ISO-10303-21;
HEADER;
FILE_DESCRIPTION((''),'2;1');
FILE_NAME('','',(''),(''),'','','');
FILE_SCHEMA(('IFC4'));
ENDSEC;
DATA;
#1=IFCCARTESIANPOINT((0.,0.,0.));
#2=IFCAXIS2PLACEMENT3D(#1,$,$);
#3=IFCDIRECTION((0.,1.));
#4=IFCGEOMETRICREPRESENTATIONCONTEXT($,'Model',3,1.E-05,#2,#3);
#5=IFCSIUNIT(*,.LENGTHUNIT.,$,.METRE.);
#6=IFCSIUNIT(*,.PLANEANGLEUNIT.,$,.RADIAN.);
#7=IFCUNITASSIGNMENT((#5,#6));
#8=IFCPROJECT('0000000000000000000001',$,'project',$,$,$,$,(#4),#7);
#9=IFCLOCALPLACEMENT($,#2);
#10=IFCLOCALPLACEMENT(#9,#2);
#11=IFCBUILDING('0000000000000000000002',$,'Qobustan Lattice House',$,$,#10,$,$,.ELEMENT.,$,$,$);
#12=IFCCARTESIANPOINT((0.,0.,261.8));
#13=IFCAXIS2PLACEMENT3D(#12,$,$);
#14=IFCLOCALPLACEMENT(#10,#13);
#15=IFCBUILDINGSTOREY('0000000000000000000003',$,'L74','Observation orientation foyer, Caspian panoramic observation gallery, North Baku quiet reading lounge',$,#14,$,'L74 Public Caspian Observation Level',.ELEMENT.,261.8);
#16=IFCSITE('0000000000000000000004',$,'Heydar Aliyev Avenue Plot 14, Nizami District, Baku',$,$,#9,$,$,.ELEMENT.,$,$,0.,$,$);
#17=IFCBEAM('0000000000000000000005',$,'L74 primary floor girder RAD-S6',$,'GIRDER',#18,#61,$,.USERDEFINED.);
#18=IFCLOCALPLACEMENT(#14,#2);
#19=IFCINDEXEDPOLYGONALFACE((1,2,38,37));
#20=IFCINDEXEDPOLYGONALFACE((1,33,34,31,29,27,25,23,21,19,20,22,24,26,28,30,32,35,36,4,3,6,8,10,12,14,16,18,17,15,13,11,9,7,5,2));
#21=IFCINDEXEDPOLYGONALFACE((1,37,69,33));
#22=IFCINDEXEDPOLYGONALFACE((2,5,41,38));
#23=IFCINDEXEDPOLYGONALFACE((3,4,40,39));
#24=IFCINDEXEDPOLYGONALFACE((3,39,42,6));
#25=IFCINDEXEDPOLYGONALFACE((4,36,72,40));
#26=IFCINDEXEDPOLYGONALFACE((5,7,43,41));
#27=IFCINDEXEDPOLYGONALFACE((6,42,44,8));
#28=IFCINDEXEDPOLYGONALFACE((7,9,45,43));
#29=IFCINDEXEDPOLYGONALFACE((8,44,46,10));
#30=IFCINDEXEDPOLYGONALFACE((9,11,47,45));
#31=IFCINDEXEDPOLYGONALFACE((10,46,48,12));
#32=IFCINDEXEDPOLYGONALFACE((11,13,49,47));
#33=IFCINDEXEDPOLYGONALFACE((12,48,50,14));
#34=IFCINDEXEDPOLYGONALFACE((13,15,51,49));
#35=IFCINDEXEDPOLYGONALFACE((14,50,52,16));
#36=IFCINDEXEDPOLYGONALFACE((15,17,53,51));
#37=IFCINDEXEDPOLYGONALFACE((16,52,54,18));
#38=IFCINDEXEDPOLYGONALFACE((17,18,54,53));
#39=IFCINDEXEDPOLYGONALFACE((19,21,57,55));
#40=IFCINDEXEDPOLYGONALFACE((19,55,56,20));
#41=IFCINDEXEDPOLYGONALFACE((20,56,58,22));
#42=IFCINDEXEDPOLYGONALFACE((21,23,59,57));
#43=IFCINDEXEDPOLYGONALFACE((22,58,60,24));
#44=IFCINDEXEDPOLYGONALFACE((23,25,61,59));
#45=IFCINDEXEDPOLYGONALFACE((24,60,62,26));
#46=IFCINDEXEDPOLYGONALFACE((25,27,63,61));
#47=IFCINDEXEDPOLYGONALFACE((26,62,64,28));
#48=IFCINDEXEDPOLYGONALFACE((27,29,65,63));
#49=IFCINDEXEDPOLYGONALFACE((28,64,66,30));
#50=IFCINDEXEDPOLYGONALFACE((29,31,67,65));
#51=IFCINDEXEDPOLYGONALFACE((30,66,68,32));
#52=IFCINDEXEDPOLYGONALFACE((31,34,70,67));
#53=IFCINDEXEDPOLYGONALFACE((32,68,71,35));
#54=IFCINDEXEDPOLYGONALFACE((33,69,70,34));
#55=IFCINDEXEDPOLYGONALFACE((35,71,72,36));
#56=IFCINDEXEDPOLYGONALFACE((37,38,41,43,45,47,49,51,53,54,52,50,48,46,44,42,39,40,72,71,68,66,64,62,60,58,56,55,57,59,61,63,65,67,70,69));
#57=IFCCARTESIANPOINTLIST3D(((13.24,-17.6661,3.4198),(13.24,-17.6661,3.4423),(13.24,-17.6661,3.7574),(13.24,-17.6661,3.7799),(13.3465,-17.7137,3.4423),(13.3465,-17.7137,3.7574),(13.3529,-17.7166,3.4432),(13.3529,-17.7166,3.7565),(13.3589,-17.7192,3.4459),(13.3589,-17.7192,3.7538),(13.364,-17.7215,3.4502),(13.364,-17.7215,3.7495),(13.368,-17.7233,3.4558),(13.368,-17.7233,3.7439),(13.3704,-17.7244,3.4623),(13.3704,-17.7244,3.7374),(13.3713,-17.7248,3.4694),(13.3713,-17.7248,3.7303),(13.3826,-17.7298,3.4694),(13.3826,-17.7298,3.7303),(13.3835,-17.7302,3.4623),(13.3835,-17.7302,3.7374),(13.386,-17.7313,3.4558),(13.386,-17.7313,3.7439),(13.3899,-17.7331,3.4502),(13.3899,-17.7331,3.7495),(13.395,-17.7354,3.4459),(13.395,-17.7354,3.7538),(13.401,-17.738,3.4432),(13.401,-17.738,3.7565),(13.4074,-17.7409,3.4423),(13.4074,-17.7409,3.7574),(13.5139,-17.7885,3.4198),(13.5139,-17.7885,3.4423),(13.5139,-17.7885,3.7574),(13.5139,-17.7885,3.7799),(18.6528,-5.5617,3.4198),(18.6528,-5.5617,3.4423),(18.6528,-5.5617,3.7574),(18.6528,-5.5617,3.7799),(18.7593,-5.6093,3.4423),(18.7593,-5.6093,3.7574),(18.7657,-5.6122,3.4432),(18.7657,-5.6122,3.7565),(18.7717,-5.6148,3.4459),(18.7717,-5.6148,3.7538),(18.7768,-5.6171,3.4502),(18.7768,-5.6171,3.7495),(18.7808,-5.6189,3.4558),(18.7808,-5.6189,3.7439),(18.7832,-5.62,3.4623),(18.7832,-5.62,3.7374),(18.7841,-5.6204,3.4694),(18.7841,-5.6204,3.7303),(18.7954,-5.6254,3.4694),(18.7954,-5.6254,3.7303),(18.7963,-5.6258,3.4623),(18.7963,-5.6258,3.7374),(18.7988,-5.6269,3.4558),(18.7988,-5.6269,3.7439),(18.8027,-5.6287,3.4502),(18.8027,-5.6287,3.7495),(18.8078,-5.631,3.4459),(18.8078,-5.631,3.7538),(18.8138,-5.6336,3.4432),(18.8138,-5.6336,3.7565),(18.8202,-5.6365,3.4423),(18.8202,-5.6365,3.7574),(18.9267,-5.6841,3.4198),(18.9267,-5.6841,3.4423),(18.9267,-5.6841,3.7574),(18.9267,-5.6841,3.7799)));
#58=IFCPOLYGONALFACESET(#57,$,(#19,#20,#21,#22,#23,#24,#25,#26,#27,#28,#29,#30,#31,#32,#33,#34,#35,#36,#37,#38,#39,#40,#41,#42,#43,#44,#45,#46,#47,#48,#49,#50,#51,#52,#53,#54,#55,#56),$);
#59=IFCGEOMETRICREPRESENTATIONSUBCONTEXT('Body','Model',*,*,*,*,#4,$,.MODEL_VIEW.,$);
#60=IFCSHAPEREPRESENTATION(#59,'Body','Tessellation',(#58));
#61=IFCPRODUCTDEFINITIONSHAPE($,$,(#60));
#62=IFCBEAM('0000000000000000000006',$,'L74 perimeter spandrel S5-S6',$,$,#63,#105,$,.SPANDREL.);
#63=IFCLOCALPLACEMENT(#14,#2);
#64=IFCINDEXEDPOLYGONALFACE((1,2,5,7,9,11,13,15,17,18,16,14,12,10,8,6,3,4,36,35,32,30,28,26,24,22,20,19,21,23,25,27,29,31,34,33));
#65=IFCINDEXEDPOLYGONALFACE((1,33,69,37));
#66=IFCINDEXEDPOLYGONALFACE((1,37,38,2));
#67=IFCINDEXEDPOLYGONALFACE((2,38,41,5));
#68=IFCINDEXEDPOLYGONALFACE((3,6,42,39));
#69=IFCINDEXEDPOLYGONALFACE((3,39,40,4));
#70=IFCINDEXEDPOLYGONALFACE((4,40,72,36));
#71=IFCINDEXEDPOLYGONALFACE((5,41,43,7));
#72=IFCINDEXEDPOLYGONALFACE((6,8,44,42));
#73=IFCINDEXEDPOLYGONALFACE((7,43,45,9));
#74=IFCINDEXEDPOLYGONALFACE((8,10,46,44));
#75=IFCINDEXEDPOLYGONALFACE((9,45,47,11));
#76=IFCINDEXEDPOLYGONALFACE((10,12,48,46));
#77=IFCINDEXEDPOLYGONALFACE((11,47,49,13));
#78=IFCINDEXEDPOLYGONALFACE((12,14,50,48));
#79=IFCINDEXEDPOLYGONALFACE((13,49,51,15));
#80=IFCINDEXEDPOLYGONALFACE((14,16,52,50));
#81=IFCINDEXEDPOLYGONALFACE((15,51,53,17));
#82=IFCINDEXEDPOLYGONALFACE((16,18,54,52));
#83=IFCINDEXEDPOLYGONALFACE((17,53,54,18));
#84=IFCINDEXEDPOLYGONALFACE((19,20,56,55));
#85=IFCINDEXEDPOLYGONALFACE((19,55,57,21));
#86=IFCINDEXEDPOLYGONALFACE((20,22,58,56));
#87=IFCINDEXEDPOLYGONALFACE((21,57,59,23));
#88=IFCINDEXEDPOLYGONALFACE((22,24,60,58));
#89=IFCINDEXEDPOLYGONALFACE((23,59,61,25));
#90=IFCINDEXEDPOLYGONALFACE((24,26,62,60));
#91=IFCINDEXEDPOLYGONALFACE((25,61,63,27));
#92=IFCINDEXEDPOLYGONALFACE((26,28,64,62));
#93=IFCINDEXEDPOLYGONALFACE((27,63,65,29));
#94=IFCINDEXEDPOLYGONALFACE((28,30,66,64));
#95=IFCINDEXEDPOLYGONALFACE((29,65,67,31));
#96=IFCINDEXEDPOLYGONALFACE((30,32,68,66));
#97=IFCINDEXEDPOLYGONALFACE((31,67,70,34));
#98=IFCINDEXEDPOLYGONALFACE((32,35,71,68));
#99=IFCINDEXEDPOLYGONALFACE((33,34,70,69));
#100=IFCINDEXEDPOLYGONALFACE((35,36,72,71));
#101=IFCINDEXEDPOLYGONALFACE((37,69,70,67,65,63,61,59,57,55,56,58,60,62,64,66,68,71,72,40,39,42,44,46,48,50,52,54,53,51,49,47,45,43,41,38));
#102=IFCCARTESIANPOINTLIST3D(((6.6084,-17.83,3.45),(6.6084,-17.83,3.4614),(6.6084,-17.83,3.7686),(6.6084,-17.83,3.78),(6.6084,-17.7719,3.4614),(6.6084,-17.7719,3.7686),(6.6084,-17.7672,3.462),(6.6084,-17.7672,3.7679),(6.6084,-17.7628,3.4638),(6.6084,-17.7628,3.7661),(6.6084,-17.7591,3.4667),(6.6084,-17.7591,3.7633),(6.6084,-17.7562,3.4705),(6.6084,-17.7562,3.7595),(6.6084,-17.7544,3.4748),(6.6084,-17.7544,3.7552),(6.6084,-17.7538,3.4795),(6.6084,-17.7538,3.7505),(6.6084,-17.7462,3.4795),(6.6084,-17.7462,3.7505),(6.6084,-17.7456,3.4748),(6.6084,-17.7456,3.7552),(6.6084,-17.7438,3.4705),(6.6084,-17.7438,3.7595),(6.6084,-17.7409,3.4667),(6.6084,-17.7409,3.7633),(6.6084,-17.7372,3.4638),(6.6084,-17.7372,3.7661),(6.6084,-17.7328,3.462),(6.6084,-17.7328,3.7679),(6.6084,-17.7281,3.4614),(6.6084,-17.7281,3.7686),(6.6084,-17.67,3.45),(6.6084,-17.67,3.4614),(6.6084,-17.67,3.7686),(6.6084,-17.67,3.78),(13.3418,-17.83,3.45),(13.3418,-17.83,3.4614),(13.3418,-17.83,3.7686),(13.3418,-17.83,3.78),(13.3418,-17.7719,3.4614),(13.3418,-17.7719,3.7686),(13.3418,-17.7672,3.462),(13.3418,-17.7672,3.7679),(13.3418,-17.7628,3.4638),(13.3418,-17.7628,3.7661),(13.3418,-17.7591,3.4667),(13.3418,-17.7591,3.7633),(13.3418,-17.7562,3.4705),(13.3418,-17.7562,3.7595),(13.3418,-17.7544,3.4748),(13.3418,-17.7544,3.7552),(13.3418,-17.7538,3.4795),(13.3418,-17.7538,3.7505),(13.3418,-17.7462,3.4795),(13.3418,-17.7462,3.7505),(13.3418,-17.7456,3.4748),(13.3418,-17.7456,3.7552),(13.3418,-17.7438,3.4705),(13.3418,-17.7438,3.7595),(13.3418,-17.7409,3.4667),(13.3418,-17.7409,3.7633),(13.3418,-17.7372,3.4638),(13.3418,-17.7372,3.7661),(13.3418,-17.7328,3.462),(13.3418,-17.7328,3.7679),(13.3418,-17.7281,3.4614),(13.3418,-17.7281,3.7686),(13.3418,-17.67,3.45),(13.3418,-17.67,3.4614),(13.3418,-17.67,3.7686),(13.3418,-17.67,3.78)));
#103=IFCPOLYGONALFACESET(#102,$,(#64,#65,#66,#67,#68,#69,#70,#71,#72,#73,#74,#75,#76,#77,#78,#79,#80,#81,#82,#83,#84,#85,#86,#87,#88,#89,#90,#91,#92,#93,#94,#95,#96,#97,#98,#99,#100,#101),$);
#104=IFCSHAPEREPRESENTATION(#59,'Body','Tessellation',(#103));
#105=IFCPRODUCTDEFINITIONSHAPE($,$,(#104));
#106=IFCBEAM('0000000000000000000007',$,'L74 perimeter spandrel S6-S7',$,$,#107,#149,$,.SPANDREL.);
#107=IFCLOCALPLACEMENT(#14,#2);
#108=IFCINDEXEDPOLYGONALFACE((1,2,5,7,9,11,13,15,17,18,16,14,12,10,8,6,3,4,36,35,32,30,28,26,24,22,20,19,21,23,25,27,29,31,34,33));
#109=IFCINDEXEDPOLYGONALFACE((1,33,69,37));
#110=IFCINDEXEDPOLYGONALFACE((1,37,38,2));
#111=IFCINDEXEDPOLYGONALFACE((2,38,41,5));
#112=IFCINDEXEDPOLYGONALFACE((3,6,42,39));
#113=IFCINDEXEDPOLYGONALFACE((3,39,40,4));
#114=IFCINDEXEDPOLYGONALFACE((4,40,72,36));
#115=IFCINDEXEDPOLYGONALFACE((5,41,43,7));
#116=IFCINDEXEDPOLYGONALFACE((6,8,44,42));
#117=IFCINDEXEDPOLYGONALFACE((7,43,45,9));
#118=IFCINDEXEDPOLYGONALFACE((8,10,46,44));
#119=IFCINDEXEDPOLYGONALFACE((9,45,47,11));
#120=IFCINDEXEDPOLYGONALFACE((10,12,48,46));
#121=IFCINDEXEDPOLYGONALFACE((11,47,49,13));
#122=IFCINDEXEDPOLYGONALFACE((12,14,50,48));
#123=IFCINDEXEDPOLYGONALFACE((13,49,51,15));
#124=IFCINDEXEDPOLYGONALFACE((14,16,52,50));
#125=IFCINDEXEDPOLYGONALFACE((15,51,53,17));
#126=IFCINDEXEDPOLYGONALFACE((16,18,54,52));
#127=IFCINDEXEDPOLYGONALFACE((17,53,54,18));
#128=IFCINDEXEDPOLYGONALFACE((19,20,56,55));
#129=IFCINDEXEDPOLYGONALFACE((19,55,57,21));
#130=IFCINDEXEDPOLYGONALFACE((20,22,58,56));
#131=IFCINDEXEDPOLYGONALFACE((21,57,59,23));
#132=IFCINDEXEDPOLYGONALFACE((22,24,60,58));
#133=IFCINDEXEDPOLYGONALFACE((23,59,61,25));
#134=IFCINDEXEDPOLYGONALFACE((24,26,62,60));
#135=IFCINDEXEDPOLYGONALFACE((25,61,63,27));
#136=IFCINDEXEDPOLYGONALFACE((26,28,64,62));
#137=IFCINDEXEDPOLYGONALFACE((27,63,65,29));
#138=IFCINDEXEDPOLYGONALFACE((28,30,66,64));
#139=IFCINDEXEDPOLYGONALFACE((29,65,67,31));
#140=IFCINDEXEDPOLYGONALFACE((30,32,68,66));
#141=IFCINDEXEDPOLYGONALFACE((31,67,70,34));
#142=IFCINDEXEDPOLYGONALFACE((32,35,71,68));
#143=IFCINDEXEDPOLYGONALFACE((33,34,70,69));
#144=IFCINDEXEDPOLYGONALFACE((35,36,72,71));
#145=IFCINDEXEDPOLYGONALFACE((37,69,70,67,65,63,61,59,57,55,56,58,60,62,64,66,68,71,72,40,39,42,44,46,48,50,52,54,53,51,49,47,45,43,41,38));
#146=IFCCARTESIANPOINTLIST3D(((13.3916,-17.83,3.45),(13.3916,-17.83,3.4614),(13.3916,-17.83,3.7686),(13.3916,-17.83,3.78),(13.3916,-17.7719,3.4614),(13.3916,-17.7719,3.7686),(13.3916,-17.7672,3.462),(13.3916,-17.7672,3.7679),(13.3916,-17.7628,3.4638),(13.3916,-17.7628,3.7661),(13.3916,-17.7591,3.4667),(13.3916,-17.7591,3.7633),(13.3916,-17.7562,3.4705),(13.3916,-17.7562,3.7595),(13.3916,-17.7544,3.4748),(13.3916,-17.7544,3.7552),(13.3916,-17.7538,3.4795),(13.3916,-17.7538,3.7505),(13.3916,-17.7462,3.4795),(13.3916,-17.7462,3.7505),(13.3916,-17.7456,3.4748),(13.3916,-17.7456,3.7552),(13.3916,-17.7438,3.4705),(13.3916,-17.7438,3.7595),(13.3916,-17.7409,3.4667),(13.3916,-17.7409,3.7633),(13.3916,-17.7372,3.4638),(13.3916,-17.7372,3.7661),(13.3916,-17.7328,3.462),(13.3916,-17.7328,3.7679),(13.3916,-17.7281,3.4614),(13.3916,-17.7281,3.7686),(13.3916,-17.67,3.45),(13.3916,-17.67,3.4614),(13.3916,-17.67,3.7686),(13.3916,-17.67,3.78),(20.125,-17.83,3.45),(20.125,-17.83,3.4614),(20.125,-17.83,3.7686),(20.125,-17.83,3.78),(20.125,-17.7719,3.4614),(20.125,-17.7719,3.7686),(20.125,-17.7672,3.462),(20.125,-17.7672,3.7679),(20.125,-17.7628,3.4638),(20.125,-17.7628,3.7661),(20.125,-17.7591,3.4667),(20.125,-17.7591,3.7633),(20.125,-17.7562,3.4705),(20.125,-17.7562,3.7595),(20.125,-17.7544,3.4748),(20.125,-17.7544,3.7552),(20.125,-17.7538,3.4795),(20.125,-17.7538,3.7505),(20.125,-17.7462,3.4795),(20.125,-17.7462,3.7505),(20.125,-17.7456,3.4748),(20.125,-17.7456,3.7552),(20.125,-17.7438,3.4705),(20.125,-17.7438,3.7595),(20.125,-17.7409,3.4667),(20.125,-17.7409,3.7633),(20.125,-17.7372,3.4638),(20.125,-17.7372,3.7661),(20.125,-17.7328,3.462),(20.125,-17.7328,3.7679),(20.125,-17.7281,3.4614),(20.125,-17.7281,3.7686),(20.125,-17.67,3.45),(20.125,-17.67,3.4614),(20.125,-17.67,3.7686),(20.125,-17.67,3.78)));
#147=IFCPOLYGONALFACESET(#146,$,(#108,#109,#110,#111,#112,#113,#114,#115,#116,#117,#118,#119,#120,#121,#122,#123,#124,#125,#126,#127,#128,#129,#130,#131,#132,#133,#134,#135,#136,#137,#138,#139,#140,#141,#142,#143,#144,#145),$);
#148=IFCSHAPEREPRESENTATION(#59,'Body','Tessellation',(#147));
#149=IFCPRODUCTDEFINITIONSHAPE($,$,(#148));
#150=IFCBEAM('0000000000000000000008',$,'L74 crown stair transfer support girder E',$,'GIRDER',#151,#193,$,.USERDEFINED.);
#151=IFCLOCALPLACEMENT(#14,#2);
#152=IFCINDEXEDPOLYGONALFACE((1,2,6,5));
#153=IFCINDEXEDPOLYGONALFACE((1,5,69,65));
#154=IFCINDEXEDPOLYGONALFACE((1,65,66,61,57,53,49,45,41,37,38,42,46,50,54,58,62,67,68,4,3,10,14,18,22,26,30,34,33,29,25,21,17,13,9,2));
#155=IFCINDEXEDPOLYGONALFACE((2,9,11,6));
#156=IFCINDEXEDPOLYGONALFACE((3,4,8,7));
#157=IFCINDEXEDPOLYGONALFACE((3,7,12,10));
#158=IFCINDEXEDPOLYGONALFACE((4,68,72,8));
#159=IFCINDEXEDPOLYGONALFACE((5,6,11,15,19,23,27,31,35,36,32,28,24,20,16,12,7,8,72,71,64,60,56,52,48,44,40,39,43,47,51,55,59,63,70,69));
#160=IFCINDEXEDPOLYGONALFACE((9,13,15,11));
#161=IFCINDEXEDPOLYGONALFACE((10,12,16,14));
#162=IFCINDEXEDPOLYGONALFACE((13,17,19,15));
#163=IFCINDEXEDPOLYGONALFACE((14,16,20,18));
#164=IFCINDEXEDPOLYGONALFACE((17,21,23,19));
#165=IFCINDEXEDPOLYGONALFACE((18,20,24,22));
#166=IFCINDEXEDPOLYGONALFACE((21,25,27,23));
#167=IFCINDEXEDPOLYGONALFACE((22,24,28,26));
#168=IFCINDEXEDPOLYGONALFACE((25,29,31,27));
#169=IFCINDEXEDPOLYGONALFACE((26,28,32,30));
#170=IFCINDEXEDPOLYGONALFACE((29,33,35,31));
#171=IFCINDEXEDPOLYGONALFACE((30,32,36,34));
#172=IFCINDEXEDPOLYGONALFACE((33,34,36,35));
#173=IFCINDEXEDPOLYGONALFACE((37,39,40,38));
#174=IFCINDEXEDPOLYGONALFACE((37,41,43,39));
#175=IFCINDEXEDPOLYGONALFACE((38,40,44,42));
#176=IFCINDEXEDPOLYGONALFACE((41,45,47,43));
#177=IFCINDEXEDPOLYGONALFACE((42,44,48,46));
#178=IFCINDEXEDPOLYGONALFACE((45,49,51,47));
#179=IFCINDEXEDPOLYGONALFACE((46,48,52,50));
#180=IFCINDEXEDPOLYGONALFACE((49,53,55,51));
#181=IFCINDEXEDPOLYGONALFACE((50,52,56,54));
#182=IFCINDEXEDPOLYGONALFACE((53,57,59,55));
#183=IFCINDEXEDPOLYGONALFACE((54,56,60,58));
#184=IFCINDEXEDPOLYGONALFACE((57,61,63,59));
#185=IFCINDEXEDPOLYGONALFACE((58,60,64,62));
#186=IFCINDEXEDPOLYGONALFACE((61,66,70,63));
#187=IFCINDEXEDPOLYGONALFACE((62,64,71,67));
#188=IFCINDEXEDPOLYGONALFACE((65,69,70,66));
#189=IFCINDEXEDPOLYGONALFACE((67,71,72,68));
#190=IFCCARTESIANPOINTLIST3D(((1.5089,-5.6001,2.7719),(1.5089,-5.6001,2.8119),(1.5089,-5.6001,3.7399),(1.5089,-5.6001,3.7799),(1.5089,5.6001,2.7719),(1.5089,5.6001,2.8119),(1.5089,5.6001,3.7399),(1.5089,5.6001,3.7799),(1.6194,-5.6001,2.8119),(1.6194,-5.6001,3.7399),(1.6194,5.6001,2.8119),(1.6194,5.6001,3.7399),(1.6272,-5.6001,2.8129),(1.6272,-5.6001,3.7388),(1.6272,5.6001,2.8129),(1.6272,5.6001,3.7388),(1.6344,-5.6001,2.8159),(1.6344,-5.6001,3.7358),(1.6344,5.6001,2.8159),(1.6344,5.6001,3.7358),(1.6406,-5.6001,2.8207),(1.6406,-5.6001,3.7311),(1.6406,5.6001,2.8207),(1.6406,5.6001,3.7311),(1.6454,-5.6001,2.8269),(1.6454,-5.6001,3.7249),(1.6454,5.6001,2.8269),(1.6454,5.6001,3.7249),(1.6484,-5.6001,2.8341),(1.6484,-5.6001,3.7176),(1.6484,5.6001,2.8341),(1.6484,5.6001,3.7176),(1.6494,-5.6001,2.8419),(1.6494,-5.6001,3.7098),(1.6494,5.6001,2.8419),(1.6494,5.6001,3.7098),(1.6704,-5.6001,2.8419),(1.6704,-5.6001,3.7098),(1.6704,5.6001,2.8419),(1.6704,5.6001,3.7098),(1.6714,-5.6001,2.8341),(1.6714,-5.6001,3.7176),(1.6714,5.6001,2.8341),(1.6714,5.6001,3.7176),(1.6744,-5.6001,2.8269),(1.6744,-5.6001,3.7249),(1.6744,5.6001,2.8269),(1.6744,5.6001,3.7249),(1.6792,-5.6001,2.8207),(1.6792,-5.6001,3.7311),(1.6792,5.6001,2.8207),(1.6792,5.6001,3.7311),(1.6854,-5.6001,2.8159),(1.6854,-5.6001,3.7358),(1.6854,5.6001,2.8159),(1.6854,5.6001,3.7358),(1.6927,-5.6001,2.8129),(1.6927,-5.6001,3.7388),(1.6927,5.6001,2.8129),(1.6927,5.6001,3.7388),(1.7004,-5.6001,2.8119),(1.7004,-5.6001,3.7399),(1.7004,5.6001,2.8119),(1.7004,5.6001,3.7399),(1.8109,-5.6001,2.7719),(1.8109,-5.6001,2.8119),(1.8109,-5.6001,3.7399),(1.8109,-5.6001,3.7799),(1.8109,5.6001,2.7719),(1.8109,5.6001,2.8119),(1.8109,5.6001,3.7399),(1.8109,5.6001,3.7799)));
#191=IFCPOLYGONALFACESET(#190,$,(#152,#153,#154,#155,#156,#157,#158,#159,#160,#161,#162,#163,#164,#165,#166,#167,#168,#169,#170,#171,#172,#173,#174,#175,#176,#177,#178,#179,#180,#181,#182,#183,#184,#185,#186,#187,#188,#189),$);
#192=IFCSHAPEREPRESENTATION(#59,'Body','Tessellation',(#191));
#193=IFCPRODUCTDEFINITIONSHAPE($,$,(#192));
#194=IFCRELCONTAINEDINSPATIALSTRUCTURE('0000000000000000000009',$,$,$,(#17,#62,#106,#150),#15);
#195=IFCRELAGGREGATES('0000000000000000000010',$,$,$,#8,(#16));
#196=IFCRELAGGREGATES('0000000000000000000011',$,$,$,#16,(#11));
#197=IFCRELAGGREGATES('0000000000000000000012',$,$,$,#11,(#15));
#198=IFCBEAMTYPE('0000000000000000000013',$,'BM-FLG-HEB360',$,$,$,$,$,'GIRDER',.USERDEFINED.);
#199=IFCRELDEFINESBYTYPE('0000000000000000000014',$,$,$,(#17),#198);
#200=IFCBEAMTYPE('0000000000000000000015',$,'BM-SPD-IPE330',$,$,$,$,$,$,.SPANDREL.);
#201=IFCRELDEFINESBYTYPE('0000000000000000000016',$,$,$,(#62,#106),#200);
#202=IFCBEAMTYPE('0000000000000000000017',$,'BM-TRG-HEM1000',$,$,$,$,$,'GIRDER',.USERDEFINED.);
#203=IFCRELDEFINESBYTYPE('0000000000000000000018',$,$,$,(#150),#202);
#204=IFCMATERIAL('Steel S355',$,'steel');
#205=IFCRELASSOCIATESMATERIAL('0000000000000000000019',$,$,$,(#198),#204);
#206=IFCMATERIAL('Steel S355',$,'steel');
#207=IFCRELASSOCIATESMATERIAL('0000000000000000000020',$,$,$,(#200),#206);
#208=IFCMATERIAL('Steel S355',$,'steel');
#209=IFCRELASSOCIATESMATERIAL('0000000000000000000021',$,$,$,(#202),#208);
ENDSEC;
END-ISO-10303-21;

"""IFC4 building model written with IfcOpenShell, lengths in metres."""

from ifc_helpers import new_model, si_unit, direction, frame, origin, origin_2d, place, context, subcontext, project, spatial, i_section, extrude, material, material_profile, profile_set, type_object, element, save


model = new_model("IFC4")

# Units and contexts
model_context = context("Model", 3, precision=1e-05, world=origin(), true_north=direction((0.0, 1.0)))
body_context = subcontext(model_context, "Body", "Model", "MODEL_VIEW")
ifc_project = project(units=[si_unit("LENGTHUNIT", "METRE"), si_unit("PLANEANGLEUNIT", "RADIAN")], contexts=[model_context])

# Site, building, storey
site_placement = place(None, origin())
site = spatial("IfcSite", under=ifc_project, at=site_placement, Name="Heydar Aliyev Avenue Plot 14, Nizami District, Baku", CompositionType="ELEMENT", RefElevation=0.0)
building_placement = place(site_placement, origin())
building = spatial("IfcBuilding", under=site, at=building_placement, Name="Qobustan Lattice House", CompositionType="ELEMENT")
storey_placement = place(building_placement, frame((0.0, 0.0, 261.8)))
storey = spatial("IfcBuildingStorey", under=building, at=storey_placement, Name="L74", Description="Observation orientation foyer, Caspian panoramic observation gallery, North Baku quiet reading lounge", LongName="L74 Public Caspian Observation Level", CompositionType="ELEMENT", Elevation=261.8)

# Beams
ifc_material_1 = material(Name="Steel S355", Category="steel")
ifc_material_profile_1 = material_profile(ifc_material_1, i_section(OverallWidth=0.3, OverallDepth=0.3601, WebThickness=0.0125, FlangeThickness=0.0225, FilletRadius=0.0271, at=origin_2d()), Name="HEB360")
ifc_profile_set_1 = profile_set([ifc_material_profile_1], Name="Steel S355")
beam_type_1 = type_object("IfcBeamType", Name="BM-FLG-HEB360", ElementType="GIRDER", PredefinedType="USERDEFINED", material=ifc_profile_set_1)
beam_1_placement = place(storey_placement, frame((13.377, -17.7273, 3.5999), z_axis=(0.40822, 0.912884, 0.0), x_axis=(-0.912884, 0.40822, 0.0)))
element("IfcBeam", 1, at=beam_1_placement, inside=storey, type_object=beam_type_1, Name="L74 primary floor girder RAD-S6", ObjectType="GIRDER", PredefinedType="USERDEFINED", context=body_context, shape_type="SweptSolid", body=[
    extrude(i_section(OverallWidth=0.3, OverallDepth=0.3601, WebThickness=0.0125, FlangeThickness=0.0225, FilletRadius=0.0271, at=origin_2d()), origin(), (0.0, 0.0, 1.0), 13.2595),
])
ifc_material_2 = material(Name="Steel S355", Category="steel")
ifc_material_profile_2 = material_profile(ifc_material_2, i_section(OverallWidth=0.1599, OverallDepth=0.3301, WebThickness=0.0076, FlangeThickness=0.0115, FilletRadius=0.0181, at=origin_2d()), Name="IPE330")
ifc_profile_set_2 = profile_set([ifc_material_profile_2], Name="Steel S355")
beam_type_2 = type_object("IfcBeamType", Name="BM-SPD-IPE330", PredefinedType="SPANDREL", material=ifc_profile_set_2)
for number, where, z_axis, x_axis, name in (
    (2, (6.6084, -17.75, 3.615), (1.0, 0.0, 0.0), (0.0, 1.0, 0.0), "L74 perimeter spandrel S5-S6"),
    (3, (13.3916, -17.75, 3.615), (1.0, 0.0, 0.0), (0.0, 1.0, 0.0), "L74 perimeter spandrel S6-S7"),
):
    element("IfcBeam", number, at=place(storey_placement, frame(where, z_axis=z_axis, x_axis=x_axis)), inside=storey, type_object=beam_type_2, Name=name, PredefinedType="SPANDREL", context=body_context, shape_type="SweptSolid", body=[
        extrude(i_section(OverallWidth=0.1599, OverallDepth=0.3301, WebThickness=0.0076, FlangeThickness=0.0115, FilletRadius=0.0181, at=origin_2d()), origin(), (0.0, 0.0, 1.0), 6.7334),
    ])
ifc_material_3 = material(Name="Steel S355", Category="steel")
ifc_material_profile_3 = material_profile(ifc_material_3, i_section(OverallWidth=0.302, OverallDepth=1.0081, WebThickness=0.021, FlangeThickness=0.04, FilletRadius=0.03, at=origin_2d()), Name="HEM1000")
ifc_profile_set_3 = profile_set([ifc_material_profile_3], Name="Steel S355")
beam_type_3 = type_object("IfcBeamType", Name="BM-TRG-HEM1000", ElementType="GIRDER", PredefinedType="USERDEFINED", material=ifc_profile_set_3)
for number, where, z_axis, x_axis, name in (
    (4, (1.6599, -5.6001, 3.2759), (0.0, 1.0, 0.0), (-1.0, 0.0, 0.0), "L74 crown stair transfer support girder E"),
):
    element("IfcBeam", number, at=place(storey_placement, frame(where, z_axis=z_axis, x_axis=x_axis)), inside=storey, type_object=beam_type_3, Name=name, ObjectType="GIRDER", PredefinedType="USERDEFINED", context=body_context, shape_type="SweptSolid", body=[
        extrude(i_section(OverallWidth=0.302, OverallDepth=1.0081, WebThickness=0.021, FlangeThickness=0.04, FilletRadius=0.03, at=origin_2d()), origin(), (0.0, 0.0, 1.0), 11.2002),
    ])

save(model, "model.ifc")
